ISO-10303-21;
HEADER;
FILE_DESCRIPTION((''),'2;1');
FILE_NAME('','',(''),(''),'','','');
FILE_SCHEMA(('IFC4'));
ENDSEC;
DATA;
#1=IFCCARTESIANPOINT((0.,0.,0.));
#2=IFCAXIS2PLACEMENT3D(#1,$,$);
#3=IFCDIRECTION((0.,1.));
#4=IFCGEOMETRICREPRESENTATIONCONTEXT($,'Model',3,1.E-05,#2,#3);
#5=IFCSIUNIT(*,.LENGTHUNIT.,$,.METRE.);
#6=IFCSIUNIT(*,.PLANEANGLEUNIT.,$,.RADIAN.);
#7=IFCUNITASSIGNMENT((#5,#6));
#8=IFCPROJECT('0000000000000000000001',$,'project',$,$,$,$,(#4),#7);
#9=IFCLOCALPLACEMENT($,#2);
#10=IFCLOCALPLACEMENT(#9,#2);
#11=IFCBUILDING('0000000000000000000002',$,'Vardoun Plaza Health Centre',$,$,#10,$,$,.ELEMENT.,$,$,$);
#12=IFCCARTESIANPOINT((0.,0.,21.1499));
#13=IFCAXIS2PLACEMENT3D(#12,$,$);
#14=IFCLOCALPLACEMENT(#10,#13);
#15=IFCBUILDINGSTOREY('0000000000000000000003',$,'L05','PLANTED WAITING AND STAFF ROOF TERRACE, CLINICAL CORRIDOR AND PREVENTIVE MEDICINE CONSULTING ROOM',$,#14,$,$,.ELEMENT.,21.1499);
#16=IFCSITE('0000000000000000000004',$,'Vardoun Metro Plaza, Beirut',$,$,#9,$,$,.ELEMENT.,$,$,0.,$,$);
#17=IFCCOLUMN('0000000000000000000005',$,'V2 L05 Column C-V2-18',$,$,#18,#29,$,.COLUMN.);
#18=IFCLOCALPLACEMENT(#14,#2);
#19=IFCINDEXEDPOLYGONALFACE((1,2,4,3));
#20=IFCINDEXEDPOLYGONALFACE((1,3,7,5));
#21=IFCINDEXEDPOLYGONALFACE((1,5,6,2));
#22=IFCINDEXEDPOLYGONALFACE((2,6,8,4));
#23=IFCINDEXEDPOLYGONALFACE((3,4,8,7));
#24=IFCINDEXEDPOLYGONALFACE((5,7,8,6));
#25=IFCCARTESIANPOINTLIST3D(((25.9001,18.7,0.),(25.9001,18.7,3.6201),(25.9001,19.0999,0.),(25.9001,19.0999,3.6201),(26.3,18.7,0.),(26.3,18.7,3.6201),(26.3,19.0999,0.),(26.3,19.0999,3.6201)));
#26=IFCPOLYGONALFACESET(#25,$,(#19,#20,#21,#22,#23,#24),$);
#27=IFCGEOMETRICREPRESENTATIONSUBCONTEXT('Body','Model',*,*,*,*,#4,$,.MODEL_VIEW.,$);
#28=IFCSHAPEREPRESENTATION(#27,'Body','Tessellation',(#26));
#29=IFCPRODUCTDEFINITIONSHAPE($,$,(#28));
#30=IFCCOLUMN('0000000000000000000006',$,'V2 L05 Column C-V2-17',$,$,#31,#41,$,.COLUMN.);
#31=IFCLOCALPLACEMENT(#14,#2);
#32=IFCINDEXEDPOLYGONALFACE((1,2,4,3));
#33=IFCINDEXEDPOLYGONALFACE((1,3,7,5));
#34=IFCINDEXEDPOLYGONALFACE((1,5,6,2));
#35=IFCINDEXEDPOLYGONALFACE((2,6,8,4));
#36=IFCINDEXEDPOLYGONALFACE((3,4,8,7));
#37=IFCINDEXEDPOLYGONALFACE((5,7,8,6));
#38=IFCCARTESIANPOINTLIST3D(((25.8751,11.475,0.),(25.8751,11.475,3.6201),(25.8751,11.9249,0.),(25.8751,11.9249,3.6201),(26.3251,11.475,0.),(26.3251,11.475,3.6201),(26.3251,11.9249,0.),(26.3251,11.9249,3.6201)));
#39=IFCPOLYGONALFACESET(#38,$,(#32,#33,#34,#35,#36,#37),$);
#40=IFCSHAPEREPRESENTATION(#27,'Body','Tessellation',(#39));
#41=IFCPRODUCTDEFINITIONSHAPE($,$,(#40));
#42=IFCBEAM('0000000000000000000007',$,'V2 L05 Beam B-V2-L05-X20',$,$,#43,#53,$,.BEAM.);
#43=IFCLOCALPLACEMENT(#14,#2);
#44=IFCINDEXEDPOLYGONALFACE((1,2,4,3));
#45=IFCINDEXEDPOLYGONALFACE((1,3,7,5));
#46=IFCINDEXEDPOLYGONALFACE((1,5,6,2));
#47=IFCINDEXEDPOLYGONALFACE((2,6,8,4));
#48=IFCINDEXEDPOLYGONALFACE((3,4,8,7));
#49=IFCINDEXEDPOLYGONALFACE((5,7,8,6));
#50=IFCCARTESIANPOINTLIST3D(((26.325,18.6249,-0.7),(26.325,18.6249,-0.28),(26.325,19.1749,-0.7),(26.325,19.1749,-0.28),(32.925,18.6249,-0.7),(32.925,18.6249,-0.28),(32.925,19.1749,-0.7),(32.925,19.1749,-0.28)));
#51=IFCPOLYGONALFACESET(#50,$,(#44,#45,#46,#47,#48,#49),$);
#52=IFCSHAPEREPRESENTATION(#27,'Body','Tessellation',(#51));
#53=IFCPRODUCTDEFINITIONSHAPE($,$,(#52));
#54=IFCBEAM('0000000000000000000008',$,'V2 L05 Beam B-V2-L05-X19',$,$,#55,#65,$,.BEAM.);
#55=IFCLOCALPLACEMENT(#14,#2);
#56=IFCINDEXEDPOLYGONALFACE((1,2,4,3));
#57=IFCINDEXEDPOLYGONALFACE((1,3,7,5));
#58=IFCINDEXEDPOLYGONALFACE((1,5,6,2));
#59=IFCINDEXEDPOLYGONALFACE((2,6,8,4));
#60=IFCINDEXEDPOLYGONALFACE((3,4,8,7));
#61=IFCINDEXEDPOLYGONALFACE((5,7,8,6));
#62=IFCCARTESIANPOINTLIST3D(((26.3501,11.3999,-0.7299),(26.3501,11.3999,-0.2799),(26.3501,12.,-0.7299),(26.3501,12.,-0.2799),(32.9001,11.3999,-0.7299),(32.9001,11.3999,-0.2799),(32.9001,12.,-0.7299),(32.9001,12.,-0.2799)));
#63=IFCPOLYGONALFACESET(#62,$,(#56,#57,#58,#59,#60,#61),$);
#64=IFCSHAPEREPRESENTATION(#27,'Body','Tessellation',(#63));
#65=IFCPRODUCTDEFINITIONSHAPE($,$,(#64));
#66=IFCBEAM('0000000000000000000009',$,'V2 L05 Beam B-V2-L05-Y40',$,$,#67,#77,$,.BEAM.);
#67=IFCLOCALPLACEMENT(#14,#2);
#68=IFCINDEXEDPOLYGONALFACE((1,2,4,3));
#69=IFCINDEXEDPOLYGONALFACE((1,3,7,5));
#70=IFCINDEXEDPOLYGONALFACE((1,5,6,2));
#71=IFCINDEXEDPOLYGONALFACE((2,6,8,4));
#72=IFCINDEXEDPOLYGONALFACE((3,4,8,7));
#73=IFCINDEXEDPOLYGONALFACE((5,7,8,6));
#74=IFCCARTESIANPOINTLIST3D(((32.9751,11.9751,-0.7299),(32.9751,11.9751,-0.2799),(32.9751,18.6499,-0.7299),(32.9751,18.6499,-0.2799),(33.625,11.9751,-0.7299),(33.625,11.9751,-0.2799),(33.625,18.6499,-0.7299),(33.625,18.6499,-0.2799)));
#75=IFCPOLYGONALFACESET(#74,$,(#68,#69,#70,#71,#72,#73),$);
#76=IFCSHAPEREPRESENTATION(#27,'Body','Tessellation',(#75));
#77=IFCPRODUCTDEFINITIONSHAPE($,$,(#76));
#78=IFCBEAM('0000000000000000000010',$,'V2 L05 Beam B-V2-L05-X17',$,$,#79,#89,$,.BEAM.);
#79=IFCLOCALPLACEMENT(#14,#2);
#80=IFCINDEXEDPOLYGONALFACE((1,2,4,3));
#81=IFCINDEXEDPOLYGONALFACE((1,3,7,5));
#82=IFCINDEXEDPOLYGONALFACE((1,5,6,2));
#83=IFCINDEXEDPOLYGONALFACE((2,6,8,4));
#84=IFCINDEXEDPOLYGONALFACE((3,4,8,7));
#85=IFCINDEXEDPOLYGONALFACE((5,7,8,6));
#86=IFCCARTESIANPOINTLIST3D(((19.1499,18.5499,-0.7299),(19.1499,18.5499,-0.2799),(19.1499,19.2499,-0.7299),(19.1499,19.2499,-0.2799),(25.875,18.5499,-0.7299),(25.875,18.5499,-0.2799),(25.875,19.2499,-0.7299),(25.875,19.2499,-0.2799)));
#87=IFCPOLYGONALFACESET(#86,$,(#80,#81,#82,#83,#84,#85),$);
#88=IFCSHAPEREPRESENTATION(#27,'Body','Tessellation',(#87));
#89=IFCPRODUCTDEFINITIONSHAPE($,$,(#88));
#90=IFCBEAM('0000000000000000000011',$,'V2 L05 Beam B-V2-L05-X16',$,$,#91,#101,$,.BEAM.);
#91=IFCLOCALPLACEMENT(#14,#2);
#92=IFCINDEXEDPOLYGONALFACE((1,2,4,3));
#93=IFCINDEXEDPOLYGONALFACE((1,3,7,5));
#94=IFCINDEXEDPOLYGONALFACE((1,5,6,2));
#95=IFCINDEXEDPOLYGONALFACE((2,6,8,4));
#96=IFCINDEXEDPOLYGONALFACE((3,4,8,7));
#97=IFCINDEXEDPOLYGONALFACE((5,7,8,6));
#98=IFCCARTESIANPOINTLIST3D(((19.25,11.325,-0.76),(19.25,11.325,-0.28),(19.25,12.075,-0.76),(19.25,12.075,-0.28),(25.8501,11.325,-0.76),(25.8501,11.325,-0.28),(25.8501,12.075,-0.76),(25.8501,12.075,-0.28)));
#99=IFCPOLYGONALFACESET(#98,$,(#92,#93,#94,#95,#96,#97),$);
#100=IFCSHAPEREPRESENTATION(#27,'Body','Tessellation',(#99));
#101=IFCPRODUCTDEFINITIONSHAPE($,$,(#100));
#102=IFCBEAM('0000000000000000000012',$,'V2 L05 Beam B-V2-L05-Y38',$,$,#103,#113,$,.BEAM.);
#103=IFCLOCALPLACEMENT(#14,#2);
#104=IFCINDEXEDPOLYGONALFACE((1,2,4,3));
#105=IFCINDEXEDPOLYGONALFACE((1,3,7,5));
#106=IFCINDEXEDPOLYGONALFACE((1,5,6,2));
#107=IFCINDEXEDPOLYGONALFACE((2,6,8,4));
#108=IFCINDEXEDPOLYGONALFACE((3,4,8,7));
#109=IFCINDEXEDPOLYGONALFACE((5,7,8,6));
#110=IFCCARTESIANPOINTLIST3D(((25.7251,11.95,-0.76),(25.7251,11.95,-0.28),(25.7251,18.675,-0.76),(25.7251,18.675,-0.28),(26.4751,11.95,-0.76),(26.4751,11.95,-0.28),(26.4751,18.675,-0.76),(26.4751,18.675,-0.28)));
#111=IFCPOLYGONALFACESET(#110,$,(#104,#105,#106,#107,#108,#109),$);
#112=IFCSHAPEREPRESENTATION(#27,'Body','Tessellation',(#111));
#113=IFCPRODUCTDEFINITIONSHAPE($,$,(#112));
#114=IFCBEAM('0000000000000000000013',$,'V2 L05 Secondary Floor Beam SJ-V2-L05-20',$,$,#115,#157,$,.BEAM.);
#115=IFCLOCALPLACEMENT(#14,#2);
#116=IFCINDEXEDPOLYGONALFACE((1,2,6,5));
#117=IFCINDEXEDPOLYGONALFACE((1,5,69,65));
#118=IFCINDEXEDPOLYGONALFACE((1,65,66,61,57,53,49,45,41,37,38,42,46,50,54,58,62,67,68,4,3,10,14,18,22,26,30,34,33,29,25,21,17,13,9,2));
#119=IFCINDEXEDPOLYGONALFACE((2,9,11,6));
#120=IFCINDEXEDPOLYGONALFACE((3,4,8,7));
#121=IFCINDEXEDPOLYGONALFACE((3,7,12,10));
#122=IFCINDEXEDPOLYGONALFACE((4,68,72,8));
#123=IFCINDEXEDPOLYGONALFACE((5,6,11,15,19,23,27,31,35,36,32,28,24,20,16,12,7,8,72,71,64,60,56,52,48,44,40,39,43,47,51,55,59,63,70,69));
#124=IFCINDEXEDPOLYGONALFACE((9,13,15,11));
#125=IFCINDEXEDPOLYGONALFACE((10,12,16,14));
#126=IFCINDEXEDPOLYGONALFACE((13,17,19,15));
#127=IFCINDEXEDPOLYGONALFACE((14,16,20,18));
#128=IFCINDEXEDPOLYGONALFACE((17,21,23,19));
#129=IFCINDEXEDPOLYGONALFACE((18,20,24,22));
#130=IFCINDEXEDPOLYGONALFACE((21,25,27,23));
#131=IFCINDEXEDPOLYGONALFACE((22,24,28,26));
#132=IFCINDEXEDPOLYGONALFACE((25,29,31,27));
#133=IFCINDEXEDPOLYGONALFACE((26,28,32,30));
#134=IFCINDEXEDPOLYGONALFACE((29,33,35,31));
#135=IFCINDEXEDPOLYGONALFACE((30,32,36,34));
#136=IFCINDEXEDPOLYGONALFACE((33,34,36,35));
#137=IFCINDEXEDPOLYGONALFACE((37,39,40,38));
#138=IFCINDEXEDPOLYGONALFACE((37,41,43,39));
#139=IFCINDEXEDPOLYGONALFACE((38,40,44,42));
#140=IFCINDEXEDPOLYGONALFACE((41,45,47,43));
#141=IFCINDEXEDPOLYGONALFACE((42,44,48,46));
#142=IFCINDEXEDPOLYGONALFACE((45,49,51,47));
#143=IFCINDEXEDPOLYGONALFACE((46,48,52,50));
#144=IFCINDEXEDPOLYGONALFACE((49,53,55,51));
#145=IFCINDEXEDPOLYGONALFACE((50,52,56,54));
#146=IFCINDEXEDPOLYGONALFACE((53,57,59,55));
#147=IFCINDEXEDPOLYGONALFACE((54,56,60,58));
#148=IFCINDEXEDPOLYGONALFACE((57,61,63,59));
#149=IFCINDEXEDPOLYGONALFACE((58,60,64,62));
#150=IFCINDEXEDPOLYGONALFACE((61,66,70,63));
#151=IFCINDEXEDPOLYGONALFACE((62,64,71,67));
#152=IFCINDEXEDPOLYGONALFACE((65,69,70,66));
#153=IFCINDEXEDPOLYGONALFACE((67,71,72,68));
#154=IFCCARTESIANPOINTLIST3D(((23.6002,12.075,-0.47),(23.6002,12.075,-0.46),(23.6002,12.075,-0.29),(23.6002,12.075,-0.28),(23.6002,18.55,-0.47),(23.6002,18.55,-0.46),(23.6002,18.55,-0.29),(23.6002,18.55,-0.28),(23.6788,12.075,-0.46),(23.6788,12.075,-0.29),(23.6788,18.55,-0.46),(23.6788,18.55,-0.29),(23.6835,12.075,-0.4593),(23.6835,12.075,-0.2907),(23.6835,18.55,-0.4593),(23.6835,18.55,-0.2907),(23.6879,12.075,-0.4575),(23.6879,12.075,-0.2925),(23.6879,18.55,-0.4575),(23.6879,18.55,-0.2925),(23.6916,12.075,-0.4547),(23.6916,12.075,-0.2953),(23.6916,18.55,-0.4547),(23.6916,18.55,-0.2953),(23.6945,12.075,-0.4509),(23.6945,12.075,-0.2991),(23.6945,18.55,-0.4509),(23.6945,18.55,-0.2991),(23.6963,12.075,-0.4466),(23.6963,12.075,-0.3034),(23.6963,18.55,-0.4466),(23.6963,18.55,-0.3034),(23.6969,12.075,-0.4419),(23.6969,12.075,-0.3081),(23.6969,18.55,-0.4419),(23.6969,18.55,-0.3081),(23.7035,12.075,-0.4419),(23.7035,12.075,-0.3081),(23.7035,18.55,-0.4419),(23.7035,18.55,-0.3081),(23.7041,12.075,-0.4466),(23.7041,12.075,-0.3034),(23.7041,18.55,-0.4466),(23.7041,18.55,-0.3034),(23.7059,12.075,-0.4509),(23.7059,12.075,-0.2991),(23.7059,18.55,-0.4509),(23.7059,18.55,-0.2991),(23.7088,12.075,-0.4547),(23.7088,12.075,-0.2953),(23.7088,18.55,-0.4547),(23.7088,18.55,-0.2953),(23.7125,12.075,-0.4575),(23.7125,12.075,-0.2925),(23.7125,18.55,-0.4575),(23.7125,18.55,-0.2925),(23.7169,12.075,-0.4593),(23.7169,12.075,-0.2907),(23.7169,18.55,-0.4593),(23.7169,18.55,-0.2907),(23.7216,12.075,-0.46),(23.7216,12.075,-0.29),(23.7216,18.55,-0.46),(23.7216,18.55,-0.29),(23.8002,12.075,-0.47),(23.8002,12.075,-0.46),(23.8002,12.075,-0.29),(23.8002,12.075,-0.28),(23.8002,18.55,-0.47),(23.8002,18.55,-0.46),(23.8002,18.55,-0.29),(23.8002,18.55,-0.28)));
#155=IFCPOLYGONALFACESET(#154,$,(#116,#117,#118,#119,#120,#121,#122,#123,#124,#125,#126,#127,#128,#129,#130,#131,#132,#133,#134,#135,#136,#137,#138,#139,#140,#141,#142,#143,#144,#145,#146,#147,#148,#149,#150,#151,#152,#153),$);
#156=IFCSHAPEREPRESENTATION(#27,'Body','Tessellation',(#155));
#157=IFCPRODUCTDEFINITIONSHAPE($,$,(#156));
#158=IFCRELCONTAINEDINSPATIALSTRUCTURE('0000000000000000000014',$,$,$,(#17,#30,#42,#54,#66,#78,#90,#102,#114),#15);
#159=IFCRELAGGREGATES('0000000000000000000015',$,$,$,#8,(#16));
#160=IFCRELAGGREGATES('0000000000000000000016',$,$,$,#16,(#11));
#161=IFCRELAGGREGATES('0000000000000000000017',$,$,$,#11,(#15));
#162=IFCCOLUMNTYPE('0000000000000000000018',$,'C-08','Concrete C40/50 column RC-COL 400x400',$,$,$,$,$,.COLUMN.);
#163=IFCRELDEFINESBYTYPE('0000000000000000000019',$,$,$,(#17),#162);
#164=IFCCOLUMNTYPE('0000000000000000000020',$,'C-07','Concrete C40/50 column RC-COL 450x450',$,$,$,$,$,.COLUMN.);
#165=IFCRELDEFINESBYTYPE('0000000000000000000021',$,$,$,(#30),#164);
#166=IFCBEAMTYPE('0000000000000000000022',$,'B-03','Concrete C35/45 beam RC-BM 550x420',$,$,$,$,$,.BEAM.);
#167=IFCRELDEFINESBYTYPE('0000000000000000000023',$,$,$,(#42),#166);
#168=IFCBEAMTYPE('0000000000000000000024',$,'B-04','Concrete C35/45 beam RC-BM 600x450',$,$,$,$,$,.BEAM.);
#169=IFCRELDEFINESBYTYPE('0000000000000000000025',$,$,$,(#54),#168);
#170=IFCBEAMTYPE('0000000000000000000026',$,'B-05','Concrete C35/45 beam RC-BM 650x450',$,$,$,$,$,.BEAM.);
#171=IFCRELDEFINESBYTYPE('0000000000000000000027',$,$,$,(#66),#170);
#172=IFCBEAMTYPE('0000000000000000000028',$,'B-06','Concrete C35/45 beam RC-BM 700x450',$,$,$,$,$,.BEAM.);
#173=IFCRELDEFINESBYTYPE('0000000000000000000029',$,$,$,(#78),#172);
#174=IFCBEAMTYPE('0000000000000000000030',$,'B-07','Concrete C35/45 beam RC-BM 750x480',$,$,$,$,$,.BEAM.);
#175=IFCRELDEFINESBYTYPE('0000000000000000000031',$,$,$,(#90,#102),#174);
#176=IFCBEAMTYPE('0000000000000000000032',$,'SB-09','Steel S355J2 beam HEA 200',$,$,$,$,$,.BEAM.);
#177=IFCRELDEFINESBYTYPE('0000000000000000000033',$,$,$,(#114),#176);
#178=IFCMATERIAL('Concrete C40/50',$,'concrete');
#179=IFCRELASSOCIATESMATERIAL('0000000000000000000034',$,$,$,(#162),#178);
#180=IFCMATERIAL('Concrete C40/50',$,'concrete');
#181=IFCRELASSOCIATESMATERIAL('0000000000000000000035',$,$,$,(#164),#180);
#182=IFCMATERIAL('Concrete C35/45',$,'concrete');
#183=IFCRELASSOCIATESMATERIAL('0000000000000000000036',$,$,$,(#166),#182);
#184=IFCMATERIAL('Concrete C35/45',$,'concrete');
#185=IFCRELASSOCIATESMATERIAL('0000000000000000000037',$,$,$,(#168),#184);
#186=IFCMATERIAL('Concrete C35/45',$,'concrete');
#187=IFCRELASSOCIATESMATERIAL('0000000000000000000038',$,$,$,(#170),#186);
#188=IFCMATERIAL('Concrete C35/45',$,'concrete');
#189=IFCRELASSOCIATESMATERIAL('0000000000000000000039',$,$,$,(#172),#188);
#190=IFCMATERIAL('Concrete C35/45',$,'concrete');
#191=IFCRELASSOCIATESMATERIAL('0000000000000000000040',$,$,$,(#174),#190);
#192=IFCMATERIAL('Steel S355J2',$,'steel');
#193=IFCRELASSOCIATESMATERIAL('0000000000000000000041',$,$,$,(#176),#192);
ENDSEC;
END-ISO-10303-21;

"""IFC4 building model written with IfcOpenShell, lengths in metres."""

from ifc_helpers import new_model, si_unit, direction, frame, origin, origin_2d, place, context, subcontext, project, spatial, rectangle, i_section, extrude, material, material_profile, profile_set, type_object, element, save


model = new_model("IFC4")

# Units and contexts
model_context = context("Model", 3, precision=1e-05, world=origin(), true_north=direction((0.0, 1.0)))
body_context = subcontext(model_context, "Body", "Model", "MODEL_VIEW")
ifc_project = project(units=[si_unit("LENGTHUNIT", "METRE"), si_unit("PLANEANGLEUNIT", "RADIAN")], contexts=[model_context])

# Site, building, storey
site_placement = place(None, origin())
site = spatial("IfcSite", under=ifc_project, at=site_placement, Name="Vardoun Metro Plaza, Beirut", CompositionType="ELEMENT", RefElevation=0.0)
building_placement = place(site_placement, origin())
building = spatial("IfcBuilding", under=site, at=building_placement, Name="Vardoun Plaza Health Centre", CompositionType="ELEMENT")
storey_placement = place(building_placement, frame((0.0, 0.0, 21.1499)))
storey = spatial("IfcBuildingStorey", under=building, at=storey_placement, Name="L05", Description="PLANTED WAITING AND STAFF ROOF TERRACE, CLINICAL CORRIDOR AND PREVENTIVE MEDICINE CONSULTING ROOM", CompositionType="ELEMENT", Elevation=21.1499)

# Columns
ifc_material_1 = material(Name="Concrete C40/50", Category="concrete")
ifc_material_profile_1 = material_profile(ifc_material_1, rectangle(XDim=0.3999, YDim=0.3999, at=origin_2d()), Name="RC-COL 400x400")
ifc_profile_set_1 = profile_set([ifc_material_profile_1], Name="Concrete C40/50")
column_type_1 = type_object("IfcColumnType", Name="C-08", Description="Concrete C40/50 column RC-COL 400x400", PredefinedType="COLUMN", material=ifc_profile_set_1)
column_1_placement = place(storey_placement, frame((26.1001, 18.8999, 0.0), z_axis=(0.0, 0.0, 1.0), x_axis=(1.0, 0.0, 0.0)))
element("IfcColumn", 1, at=column_1_placement, inside=storey, type_object=column_type_1, Name="V2 L05 Column C-V2-18", PredefinedType="COLUMN", context=body_context, shape_type="SweptSolid", body=[
    extrude(rectangle(XDim=0.3999, YDim=0.3999, at=origin_2d()), origin(), (0.0, 0.0, 1.0), 3.6201),
])
ifc_material_2 = material(Name="Concrete C40/50", Category="concrete")
ifc_material_profile_2 = material_profile(ifc_material_2, rectangle(XDim=0.45, YDim=0.45, at=origin_2d()), Name="RC-COL 450x450")
ifc_profile_set_2 = profile_set([ifc_material_profile_2], Name="Concrete C40/50")
column_type_2 = type_object("IfcColumnType", Name="C-07", Description="Concrete C40/50 column RC-COL 450x450", PredefinedType="COLUMN", material=ifc_profile_set_2)
column_2_placement = place(storey_placement, frame((26.1001, 11.7, 0.0), z_axis=(0.0, 0.0, 1.0), x_axis=(1.0, 0.0, 0.0)))
element("IfcColumn", 2, at=column_2_placement, inside=storey, type_object=column_type_2, Name="V2 L05 Column C-V2-17", PredefinedType="COLUMN", context=body_context, shape_type="SweptSolid", body=[
    extrude(rectangle(XDim=0.45, YDim=0.45, at=origin_2d()), origin(), (0.0, 0.0, 1.0), 3.6201),
])

# Beams
ifc_material_3 = material(Name="Concrete C35/45", Category="concrete")
ifc_material_profile_3 = material_profile(ifc_material_3, rectangle(XDim=0.55, YDim=0.4199, at=origin_2d()), Name="RC-BM 550x420")
ifc_profile_set_3 = profile_set([ifc_material_profile_3], Name="Concrete C35/45")
beam_type_1 = type_object("IfcBeamType", Name="B-03", Description="Concrete C35/45 beam RC-BM 550x420", PredefinedType="BEAM", material=ifc_profile_set_3)
beam_1_placement = place(storey_placement, frame((26.325, 18.8999, -0.49), z_axis=(1.0, 0.0, 0.0), x_axis=(0.0, 1.0, 0.0)))
element("IfcBeam", 3, at=beam_1_placement, inside=storey, type_object=beam_type_1, Name="V2 L05 Beam B-V2-L05-X20", PredefinedType="BEAM", context=body_context, shape_type="SweptSolid", body=[
    extrude(rectangle(XDim=0.55, YDim=0.4199, at=origin_2d()), origin(), (0.0, 0.0, 1.0), 6.6001),
])
ifc_material_4 = material(Name="Concrete C35/45", Category="concrete")
ifc_material_profile_4 = material_profile(ifc_material_4, rectangle(XDim=0.6001, YDim=0.45, at=origin_2d()), Name="RC-BM 600x450")
ifc_profile_set_4 = profile_set([ifc_material_profile_4], Name="Concrete C35/45")
beam_type_2 = type_object("IfcBeamType", Name="B-04", Description="Concrete C35/45 beam RC-BM 600x450", PredefinedType="BEAM", material=ifc_profile_set_4)
beam_2_placement = place(storey_placement, frame((26.3501, 11.7, -0.5049), z_axis=(1.0, 0.0, 0.0), x_axis=(0.0, 1.0, 0.0)))
element("IfcBeam", 4, at=beam_2_placement, inside=storey, type_object=beam_type_2, Name="V2 L05 Beam B-V2-L05-X19", PredefinedType="BEAM", context=body_context, shape_type="SweptSolid", body=[
    extrude(rectangle(XDim=0.6001, YDim=0.45, at=origin_2d()), origin(), (0.0, 0.0, 1.0), 6.55),
])
ifc_material_5 = material(Name="Concrete C35/45", Category="concrete")
ifc_material_profile_5 = material_profile(ifc_material_5, rectangle(XDim=0.6499, YDim=0.45, at=origin_2d()), Name="RC-BM 650x450")
ifc_profile_set_5 = profile_set([ifc_material_profile_5], Name="Concrete C35/45")
beam_type_3 = type_object("IfcBeamType", Name="B-05", Description="Concrete C35/45 beam RC-BM 650x450", PredefinedType="BEAM", material=ifc_profile_set_5)
beam_3_placement = place(storey_placement, frame((33.3, 11.9751, -0.5049), z_axis=(0.0, 1.0, 0.0), x_axis=(-1.0, 0.0, 0.0)))
element("IfcBeam", 5, at=beam_3_placement, inside=storey, type_object=beam_type_3, Name="V2 L05 Beam B-V2-L05-Y40", PredefinedType="BEAM", context=body_context, shape_type="SweptSolid", body=[
    extrude(rectangle(XDim=0.6499, YDim=0.45, at=origin_2d()), origin(), (0.0, 0.0, 1.0), 6.6748),
])
ifc_material_6 = material(Name="Concrete C35/45", Category="concrete")
ifc_material_profile_6 = material_profile(ifc_material_6, rectangle(XDim=0.7, YDim=0.45, at=origin_2d()), Name="RC-BM 700x450")
ifc_profile_set_6 = profile_set([ifc_material_profile_6], Name="Concrete C35/45")
beam_type_4 = type_object("IfcBeamType", Name="B-06", Description="Concrete C35/45 beam RC-BM 700x450", PredefinedType="BEAM", material=ifc_profile_set_6)
beam_4_placement = place(storey_placement, frame((19.1499, 18.8999, -0.5049), z_axis=(1.0, 0.0, 0.0), x_axis=(0.0, 1.0, 0.0)))
element("IfcBeam", 6, at=beam_4_placement, inside=storey, type_object=beam_type_4, Name="V2 L05 Beam B-V2-L05-X17", PredefinedType="BEAM", context=body_context, shape_type="SweptSolid", body=[
    extrude(rectangle(XDim=0.7, YDim=0.45, at=origin_2d()), origin(), (0.0, 0.0, 1.0), 6.7251),
])
ifc_material_7 = material(Name="Concrete C35/45", Category="concrete")
ifc_material_profile_7 = material_profile(ifc_material_7, rectangle(XDim=0.75, YDim=0.48, at=origin_2d()), Name="RC-BM 750x480")
ifc_profile_set_7 = profile_set([ifc_material_profile_7], Name="Concrete C35/45")
beam_type_5 = type_object("IfcBeamType", Name="B-07", Description="Concrete C35/45 beam RC-BM 750x480", PredefinedType="BEAM", material=ifc_profile_set_7)
beam_5_placement = place(storey_placement, frame((19.25, 11.7, -0.52), z_axis=(1.0, 0.0, 0.0), x_axis=(0.0, 1.0, 0.0)))
element("IfcBeam", 7, at=beam_5_placement, inside=storey, type_object=beam_type_5, Name="V2 L05 Beam B-V2-L05-X16", PredefinedType="BEAM", context=body_context, shape_type="SweptSolid", body=[
    extrude(rectangle(XDim=0.75, YDim=0.48, at=origin_2d()), origin(), (0.0, 0.0, 1.0), 6.6001),
])
beam_6_placement = place(storey_placement, frame((26.1001, 11.95, -0.52), z_axis=(0.0, 1.0, 0.0), x_axis=(-1.0, 0.0, 0.0)))
element("IfcBeam", 8, at=beam_6_placement, inside=storey, type_object=beam_type_5, Name="V2 L05 Beam B-V2-L05-Y38", PredefinedType="BEAM", context=body_context, shape_type="SweptSolid", body=[
    extrude(rectangle(XDim=0.75, YDim=0.48, at=origin_2d()), origin(), (0.0, 0.0, 1.0), 6.7251),
])
ifc_material_8 = material(Name="Steel S355J2", Category="steel")
ifc_material_profile_8 = material_profile(ifc_material_8, i_section(OverallWidth=0.2, OverallDepth=0.1899, WebThickness=0.0066, FlangeThickness=0.01, FilletRadius=0.0181, at=origin_2d()), Name="HEA 200")
ifc_profile_set_8 = profile_set([ifc_material_profile_8], Name="Steel S355J2")
beam_type_6 = type_object("IfcBeamType", Name="SB-09", Description="Steel S355J2 beam HEA 200", PredefinedType="BEAM", material=ifc_profile_set_8)
beam_7_placement = place(storey_placement, frame((23.7002, 12.075, -0.375), z_axis=(0.0, 1.0, 0.0), x_axis=(-1.0, 0.0, 0.0)))
element("IfcBeam", 9, at=beam_7_placement, inside=storey, type_object=beam_type_6, Name="V2 L05 Secondary Floor Beam SJ-V2-L05-20", PredefinedType="BEAM", context=body_context, shape_type="SweptSolid", body=[
    extrude(i_section(OverallWidth=0.2, OverallDepth=0.1899, WebThickness=0.0066, FlangeThickness=0.01, FilletRadius=0.0181, at=origin_2d()), origin(), (0.0, 0.0, 1.0), 6.4751),
])

save(model, "model.ifc")
